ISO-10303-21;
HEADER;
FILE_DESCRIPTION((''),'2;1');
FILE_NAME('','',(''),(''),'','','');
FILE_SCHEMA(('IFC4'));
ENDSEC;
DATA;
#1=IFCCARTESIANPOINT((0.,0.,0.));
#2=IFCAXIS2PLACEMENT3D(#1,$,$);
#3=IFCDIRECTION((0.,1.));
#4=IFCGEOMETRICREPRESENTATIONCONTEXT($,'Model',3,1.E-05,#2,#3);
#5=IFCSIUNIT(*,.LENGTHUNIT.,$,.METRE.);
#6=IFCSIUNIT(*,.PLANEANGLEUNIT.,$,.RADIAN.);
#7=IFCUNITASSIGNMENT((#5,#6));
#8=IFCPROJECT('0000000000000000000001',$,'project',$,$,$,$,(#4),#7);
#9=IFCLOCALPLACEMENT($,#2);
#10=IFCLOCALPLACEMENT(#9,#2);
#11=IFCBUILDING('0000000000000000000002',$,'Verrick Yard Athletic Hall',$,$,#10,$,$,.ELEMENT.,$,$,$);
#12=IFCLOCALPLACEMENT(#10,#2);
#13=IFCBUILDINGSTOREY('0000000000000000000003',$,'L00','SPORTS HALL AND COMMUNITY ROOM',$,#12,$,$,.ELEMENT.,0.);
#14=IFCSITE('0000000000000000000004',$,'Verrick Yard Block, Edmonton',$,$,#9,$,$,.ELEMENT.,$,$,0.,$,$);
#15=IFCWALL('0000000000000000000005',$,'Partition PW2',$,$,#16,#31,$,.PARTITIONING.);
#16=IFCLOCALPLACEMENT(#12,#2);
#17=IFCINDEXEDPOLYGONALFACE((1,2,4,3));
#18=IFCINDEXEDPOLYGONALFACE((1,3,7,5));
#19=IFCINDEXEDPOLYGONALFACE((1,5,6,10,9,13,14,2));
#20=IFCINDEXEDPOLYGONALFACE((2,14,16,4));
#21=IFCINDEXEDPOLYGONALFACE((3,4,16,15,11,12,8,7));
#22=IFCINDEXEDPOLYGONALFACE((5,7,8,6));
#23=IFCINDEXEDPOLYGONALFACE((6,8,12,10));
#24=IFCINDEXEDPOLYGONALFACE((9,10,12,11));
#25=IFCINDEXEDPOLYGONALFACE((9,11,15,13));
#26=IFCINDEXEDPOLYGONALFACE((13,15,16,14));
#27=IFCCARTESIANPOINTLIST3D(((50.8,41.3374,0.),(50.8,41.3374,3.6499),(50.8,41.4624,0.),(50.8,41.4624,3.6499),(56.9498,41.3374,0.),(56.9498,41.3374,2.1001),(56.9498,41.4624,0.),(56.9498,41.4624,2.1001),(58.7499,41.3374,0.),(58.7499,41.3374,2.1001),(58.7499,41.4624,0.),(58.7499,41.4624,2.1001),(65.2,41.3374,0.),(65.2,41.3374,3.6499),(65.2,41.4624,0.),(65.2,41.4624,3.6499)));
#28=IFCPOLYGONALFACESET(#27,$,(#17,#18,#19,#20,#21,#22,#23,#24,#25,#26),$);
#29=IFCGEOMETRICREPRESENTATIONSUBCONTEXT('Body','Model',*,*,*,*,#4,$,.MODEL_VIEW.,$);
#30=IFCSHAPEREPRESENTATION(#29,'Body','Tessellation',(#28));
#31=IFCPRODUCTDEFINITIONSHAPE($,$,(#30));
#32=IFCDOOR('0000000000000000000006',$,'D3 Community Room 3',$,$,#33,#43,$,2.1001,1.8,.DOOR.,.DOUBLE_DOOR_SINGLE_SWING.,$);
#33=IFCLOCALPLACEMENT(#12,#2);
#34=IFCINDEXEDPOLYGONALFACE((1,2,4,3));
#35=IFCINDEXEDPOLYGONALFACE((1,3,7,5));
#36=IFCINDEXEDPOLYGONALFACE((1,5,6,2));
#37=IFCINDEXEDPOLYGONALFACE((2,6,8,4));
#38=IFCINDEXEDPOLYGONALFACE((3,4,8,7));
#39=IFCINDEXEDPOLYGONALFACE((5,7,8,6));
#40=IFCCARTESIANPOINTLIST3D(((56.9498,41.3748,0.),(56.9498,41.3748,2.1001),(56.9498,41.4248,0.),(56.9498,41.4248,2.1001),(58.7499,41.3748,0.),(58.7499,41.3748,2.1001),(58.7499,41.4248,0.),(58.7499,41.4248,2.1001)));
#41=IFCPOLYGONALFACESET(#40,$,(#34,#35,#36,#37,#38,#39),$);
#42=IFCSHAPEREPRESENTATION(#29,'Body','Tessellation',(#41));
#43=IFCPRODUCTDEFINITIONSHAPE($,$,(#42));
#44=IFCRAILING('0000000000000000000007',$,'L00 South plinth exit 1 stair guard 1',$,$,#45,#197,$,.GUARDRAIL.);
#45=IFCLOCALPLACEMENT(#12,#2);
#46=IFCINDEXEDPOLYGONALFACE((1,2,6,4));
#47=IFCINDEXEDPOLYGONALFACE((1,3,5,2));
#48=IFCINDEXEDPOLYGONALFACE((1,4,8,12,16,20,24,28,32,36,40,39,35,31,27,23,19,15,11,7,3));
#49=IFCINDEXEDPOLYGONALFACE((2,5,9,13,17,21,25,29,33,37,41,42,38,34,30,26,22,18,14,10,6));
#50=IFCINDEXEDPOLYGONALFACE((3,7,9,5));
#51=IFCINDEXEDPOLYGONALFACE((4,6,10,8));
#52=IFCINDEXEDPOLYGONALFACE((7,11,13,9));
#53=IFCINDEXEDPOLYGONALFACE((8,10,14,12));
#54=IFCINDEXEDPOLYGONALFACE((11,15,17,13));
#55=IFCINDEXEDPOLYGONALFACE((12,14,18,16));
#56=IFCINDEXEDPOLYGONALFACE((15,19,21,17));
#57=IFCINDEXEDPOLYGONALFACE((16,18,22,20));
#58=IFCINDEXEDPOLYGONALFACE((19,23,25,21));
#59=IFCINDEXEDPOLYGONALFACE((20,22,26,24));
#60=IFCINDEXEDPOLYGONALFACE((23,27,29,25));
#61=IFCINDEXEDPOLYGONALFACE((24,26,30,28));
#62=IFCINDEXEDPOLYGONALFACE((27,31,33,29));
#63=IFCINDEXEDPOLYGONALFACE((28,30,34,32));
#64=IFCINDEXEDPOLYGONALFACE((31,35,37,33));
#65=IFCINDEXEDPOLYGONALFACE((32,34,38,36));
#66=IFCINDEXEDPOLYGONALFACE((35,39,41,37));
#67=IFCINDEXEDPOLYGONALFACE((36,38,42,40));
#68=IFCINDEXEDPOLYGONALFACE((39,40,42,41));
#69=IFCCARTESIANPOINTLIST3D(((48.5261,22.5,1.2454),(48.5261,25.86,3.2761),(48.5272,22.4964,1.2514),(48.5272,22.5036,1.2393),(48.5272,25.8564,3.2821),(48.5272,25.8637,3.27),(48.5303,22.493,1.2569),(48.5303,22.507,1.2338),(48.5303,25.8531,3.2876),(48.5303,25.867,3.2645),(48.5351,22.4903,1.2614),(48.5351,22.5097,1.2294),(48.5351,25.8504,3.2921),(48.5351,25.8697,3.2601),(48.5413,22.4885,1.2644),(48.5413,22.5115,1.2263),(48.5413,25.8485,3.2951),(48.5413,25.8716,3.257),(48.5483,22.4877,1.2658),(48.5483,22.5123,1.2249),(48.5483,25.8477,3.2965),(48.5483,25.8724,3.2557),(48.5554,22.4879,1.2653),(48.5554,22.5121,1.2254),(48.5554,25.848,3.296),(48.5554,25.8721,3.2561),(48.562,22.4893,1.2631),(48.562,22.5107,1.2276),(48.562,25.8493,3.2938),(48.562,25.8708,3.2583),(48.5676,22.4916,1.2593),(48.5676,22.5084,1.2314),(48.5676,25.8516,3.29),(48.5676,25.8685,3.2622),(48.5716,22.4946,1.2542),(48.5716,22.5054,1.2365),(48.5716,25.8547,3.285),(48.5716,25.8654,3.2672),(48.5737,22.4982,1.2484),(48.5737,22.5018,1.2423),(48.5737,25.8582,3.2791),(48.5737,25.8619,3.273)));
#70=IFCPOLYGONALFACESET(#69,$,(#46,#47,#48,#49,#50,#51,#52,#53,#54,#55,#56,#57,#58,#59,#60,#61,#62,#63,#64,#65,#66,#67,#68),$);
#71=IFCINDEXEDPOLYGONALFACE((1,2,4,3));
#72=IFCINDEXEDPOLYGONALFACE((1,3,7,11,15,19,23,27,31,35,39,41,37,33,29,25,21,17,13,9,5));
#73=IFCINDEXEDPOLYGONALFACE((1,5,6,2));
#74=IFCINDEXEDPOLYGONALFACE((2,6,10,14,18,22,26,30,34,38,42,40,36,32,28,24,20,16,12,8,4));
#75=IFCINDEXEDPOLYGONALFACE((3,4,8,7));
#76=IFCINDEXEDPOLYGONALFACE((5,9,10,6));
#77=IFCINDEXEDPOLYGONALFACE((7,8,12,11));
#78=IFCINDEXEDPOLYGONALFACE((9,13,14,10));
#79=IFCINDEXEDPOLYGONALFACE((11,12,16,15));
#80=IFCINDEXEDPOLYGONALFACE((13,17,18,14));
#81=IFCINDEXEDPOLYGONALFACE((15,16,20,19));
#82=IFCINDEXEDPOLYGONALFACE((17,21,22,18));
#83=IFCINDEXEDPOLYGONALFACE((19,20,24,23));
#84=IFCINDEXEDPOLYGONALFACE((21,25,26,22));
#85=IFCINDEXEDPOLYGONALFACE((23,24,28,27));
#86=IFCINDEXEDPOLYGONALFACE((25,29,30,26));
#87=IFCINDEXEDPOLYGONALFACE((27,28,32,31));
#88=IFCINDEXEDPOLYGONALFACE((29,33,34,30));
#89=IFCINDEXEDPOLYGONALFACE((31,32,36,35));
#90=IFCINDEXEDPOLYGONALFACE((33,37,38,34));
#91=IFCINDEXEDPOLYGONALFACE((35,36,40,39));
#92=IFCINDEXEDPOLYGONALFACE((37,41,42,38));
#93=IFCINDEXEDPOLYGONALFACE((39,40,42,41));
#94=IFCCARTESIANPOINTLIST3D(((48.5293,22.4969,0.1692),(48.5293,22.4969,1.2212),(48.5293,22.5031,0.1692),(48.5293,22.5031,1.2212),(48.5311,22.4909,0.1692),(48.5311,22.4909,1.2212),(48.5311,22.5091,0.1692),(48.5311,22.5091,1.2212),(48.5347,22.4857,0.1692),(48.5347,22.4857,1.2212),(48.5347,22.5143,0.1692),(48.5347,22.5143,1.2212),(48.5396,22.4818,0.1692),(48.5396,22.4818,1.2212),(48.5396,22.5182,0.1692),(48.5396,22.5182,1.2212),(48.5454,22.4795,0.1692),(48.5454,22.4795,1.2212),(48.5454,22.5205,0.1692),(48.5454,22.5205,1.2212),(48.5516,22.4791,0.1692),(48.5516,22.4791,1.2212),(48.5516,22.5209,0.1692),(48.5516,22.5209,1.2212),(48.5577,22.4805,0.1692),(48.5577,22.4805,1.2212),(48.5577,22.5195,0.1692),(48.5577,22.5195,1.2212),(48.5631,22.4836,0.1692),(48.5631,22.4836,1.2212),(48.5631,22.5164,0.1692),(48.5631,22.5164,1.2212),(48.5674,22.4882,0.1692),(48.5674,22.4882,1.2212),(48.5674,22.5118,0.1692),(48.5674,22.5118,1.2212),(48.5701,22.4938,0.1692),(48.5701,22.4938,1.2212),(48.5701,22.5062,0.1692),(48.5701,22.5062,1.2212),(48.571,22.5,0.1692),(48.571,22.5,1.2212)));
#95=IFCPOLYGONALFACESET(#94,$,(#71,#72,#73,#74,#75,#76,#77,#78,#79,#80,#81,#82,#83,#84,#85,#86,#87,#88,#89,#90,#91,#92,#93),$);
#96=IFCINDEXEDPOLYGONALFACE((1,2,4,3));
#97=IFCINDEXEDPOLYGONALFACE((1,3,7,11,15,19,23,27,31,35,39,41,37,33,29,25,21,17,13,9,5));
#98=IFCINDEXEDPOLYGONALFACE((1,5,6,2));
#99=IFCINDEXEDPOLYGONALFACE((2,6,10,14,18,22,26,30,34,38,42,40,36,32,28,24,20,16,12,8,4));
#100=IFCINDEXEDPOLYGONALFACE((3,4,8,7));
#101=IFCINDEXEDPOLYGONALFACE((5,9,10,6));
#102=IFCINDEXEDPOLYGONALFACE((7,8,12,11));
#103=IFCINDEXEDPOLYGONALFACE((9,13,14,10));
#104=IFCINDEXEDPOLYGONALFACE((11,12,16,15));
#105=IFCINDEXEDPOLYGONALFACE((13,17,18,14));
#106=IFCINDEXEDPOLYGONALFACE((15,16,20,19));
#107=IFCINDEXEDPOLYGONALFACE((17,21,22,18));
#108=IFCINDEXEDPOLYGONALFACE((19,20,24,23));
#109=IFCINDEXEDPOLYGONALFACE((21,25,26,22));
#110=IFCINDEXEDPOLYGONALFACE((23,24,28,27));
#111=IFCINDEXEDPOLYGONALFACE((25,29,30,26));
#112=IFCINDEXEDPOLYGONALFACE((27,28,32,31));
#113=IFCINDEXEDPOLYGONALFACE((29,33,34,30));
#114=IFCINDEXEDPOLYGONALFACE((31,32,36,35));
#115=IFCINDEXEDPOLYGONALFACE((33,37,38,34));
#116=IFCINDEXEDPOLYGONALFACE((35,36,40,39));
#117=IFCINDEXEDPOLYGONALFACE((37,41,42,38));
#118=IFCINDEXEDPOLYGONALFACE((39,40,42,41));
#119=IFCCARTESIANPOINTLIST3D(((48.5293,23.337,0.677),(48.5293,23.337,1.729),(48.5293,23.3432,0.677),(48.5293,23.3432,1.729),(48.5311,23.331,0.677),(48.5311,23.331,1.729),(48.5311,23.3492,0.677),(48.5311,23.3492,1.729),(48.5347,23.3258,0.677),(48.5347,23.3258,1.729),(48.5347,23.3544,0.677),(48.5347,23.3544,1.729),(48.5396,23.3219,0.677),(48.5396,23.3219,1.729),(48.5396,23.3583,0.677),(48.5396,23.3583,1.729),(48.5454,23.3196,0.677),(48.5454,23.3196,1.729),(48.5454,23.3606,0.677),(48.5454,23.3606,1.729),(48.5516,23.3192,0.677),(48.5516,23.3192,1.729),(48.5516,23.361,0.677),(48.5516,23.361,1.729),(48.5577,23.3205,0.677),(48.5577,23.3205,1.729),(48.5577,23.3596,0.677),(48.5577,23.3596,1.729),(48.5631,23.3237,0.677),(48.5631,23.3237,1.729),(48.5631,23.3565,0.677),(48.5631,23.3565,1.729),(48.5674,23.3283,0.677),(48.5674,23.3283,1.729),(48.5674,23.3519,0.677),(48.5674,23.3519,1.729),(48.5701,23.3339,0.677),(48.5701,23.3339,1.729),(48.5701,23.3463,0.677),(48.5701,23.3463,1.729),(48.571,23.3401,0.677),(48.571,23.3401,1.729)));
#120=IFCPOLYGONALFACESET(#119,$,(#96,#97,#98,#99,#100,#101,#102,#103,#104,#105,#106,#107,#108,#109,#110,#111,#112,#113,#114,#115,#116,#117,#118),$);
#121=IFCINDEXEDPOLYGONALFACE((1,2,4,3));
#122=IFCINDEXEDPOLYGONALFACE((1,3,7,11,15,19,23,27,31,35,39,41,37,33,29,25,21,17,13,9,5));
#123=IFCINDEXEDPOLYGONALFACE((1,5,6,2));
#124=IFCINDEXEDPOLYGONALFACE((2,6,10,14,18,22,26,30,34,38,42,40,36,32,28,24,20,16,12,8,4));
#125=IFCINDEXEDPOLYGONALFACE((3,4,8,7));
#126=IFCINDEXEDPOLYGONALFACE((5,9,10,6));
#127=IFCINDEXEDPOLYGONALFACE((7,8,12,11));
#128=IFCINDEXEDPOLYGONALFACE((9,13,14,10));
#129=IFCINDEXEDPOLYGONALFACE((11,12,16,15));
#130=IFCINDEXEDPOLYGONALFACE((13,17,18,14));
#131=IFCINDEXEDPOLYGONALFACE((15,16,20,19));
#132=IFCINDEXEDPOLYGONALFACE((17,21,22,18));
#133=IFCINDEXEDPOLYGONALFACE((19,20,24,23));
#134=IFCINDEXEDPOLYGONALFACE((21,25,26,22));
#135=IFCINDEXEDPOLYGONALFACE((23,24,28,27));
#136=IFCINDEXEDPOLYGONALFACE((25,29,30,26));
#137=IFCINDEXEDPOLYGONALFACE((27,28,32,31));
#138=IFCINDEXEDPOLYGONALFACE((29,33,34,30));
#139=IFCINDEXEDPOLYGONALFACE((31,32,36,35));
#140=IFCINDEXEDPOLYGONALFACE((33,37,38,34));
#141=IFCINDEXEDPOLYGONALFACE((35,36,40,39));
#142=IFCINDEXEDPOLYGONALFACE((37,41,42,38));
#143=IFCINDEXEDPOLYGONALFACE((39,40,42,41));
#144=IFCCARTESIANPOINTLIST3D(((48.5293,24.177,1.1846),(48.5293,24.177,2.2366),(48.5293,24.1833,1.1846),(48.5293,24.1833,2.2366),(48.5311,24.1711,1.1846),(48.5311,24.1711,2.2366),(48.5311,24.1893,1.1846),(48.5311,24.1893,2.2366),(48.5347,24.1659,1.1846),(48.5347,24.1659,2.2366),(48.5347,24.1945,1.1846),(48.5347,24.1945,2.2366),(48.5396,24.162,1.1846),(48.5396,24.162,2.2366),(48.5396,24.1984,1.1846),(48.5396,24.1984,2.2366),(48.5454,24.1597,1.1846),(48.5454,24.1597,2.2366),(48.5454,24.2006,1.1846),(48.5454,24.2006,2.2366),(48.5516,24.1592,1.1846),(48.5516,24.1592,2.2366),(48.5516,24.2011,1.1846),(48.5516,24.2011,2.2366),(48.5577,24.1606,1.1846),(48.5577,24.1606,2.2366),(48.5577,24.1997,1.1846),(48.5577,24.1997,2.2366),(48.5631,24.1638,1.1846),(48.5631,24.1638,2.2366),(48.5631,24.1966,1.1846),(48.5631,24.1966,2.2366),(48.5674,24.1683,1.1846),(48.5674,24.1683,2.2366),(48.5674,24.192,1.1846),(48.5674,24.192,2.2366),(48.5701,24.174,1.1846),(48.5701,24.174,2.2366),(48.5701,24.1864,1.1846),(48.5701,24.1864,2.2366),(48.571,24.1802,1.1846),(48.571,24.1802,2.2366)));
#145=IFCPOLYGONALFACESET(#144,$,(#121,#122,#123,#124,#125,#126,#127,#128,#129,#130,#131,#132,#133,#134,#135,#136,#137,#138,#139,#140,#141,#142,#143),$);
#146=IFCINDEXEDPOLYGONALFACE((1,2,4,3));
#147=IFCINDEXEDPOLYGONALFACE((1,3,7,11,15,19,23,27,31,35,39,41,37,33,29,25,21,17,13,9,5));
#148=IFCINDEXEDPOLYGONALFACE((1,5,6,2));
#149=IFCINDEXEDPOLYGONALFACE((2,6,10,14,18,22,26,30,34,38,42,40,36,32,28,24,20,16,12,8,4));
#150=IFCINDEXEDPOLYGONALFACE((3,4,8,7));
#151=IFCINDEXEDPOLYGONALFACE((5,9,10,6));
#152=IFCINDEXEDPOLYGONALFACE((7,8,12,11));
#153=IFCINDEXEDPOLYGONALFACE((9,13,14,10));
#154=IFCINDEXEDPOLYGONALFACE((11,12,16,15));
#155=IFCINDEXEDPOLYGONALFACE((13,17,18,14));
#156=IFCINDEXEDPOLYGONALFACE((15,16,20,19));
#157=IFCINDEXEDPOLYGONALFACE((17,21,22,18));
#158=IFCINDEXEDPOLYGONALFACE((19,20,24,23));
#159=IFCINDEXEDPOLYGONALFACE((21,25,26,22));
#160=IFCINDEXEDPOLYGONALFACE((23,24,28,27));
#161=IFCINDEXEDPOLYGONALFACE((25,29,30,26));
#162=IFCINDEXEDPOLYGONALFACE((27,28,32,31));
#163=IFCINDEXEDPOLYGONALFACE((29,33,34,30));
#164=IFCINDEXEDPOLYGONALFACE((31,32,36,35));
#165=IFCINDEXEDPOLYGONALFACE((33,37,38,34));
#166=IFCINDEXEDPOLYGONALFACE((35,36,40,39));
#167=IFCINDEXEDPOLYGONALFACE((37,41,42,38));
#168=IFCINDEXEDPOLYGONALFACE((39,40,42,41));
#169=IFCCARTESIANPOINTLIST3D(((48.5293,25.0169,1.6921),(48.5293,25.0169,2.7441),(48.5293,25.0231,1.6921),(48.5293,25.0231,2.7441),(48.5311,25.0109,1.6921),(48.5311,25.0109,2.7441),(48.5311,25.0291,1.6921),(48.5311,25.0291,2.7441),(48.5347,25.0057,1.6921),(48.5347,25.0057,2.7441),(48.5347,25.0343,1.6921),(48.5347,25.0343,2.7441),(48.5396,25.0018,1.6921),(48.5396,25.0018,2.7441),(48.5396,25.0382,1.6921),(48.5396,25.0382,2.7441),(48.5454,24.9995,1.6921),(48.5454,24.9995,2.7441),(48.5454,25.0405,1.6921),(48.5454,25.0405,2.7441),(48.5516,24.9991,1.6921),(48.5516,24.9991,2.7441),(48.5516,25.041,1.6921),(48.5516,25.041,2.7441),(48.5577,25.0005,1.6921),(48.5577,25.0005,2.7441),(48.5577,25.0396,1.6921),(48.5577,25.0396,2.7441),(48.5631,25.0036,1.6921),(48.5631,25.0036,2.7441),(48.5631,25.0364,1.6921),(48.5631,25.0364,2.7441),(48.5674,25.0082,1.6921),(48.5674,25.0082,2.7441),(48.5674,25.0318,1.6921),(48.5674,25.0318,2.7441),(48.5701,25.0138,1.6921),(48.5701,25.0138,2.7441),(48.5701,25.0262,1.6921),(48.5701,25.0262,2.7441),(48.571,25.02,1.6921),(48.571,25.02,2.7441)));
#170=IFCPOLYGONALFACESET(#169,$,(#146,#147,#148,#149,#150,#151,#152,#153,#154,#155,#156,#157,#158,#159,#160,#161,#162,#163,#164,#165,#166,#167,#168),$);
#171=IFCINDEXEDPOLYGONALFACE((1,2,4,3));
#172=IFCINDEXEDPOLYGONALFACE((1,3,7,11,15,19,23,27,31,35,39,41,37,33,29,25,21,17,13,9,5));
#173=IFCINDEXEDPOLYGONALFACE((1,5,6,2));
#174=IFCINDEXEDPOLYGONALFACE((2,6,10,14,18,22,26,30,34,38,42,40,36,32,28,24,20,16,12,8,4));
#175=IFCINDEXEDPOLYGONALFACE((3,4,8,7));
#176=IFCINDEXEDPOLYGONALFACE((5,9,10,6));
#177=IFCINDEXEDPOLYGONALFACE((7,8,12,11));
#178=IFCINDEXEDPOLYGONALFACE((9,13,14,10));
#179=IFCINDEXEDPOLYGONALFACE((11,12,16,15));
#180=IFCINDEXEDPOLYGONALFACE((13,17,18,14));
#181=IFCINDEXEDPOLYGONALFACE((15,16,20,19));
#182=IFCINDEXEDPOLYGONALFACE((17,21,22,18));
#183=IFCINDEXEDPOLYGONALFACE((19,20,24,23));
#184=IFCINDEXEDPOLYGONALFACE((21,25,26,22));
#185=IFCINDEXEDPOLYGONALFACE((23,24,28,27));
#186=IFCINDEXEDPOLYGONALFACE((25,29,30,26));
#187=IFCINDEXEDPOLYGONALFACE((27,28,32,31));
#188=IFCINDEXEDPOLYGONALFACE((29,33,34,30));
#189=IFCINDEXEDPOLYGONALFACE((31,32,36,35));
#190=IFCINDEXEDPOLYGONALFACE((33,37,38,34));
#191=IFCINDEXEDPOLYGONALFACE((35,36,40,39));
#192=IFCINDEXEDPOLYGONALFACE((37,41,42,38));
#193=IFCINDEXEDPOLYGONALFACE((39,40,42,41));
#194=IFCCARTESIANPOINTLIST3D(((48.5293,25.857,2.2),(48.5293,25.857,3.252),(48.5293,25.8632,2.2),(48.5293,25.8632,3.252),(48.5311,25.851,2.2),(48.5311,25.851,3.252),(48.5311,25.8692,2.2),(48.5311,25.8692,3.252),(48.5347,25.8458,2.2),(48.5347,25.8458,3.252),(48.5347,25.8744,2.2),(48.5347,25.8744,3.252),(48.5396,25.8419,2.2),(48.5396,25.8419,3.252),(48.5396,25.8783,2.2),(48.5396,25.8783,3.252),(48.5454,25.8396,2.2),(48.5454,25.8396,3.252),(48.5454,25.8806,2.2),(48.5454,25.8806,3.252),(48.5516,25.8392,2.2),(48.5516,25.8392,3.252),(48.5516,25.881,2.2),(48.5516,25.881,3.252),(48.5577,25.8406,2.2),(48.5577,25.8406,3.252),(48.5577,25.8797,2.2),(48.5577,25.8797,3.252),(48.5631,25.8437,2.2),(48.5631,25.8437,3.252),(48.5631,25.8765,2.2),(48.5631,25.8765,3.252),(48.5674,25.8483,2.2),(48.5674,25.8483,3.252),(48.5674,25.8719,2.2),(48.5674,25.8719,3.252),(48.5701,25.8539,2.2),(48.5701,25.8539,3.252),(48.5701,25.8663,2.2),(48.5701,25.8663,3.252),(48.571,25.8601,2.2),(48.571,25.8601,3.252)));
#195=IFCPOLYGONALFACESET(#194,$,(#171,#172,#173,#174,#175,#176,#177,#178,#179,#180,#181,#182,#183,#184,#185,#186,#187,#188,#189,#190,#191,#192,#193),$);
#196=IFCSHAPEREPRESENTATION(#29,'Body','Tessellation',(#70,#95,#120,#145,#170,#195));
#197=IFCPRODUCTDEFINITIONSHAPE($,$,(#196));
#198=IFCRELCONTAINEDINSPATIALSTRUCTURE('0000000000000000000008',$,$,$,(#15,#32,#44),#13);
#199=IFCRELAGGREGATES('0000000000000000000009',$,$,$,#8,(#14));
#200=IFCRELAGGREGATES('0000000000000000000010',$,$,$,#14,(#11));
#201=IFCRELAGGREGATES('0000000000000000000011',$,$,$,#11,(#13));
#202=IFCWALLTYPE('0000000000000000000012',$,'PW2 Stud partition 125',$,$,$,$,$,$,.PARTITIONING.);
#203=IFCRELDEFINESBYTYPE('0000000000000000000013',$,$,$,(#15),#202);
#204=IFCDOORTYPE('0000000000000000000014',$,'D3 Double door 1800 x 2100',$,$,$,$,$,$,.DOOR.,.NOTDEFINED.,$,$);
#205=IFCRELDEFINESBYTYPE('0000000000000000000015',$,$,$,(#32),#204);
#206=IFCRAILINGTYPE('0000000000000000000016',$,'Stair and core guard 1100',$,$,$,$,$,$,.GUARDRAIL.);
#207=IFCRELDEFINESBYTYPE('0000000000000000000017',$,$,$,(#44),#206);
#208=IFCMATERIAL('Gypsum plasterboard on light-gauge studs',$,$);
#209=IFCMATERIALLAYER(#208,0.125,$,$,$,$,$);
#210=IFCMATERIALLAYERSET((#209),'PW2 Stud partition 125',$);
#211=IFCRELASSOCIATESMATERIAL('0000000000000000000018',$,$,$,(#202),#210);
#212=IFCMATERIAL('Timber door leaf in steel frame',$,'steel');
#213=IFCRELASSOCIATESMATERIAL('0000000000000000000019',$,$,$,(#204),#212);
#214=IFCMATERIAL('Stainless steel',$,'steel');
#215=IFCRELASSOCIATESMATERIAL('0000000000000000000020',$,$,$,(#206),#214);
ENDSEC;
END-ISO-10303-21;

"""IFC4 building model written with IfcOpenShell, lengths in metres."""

from ifc_helpers import new_model, si_unit, direction, frame, frame_2d, origin, origin_2d, place, context, subcontext, project, spatial, rectangle, circle, extrude, material, layer, layer_set, type_object, element, fill, save


model = new_model("IFC4")

# Units and contexts
model_context = context("Model", 3, precision=1e-05, world=origin(), true_north=direction((0.0, 1.0)))
body_context = subcontext(model_context, "Body", "Model", "MODEL_VIEW")
ifc_project = project(units=[si_unit("LENGTHUNIT", "METRE"), si_unit("PLANEANGLEUNIT", "RADIAN")], contexts=[model_context])

# Site, building, storey
site_placement = place(None, origin())
site = spatial("IfcSite", under=ifc_project, at=site_placement, Name="Verrick Yard Block, Edmonton", CompositionType="ELEMENT", RefElevation=0.0)
building_placement = place(site_placement, origin())
building = spatial("IfcBuilding", under=site, at=building_placement, Name="Verrick Yard Athletic Hall", CompositionType="ELEMENT")
storey_placement = place(building_placement, origin())
storey = spatial("IfcBuildingStorey", under=building, at=storey_placement, Name="L00", Description="SPORTS HALL AND COMMUNITY ROOM", CompositionType="ELEMENT", Elevation=0.0)

# Shared definitions
ifc_material_1 = material(Name="Gypsum plasterboard on light-gauge studs")
ifc_layer_1 = layer(ifc_material_1, 0.125)
ifc_layer_set_1 = layer_set([ifc_layer_1], Name="PW2 Stud partition 125")
wall_type_1 = type_object("IfcWallType", Name="PW2 Stud partition 125", PredefinedType="PARTITIONING", material=ifc_layer_set_1)
ifc_material_2 = material(Name="Timber door leaf in steel frame", Category="steel")
door_type = type_object("IfcDoorType", Name="D3 Double door 1800 x 2100", OperationType="NOTDEFINED", PredefinedType="DOOR", material=ifc_material_2)

# Wall, opening, door
wall_1_placement = place(storey_placement, frame((50.8, 41.3999, 0.0), z_axis=(0.0, 0.0, 1.0), x_axis=(1.0, 0.0, 0.0)))
wall_1 = element("IfcWall", 1, at=wall_1_placement, inside=storey, type_object=wall_type_1, Name="Partition PW2", PredefinedType="PARTITIONING", context=body_context, shape_type="SweptSolid", body=[
    extrude(rectangle(XDim=14.3999, YDim=0.125, at=frame_2d((7.2, 0.0))), origin(), (0.0, 0.0, 1.0), 3.6499),
])
opening_1_placement = place(wall_1_placement, frame((6.1499, 0.0, 0.0)))
opening_1 = element("IfcOpeningElement", 2, at=opening_1_placement, cuts=wall_1, PredefinedType="OPENING", context=body_context, shape_type="SweptSolid", body=[
    extrude(rectangle(XDim=1.8, YDim=2.1001, at=frame_2d((0.8999, 1.05))), frame((0.0, 0.0725, 0.0), z_axis=(0.0, -1.0, 0.0), x_axis=(1.0, 0.0, 0.0)), (0.0, 0.0, 1.0), 0.145),
])
door_1_placement = place(opening_1_placement, origin())
door_1 = element("IfcDoor", 3, at=door_1_placement, inside=storey, type_object=door_type, Name="D3 Community Room 3", OperationType="DOUBLE_DOOR_SINGLE_SWING", OverallHeight=2.1001, OverallWidth=1.8, PredefinedType="DOOR", context=body_context, shape_type="SweptSolid", body=[
    extrude(rectangle(XDim=1.8, YDim=2.1001, at=frame_2d((0.8999, 1.05))), frame((0.0, 0.0249, 0.0), z_axis=(0.0, -1.0, 0.0), x_axis=(1.0, 0.0, 0.0)), (0.0, 0.0, 1.0), 0.05),
])
fill(opening_1, door_1)

# Railing
ifc_material_3 = material(Name="Stainless steel", Category="steel")
railing_type_1 = type_object("IfcRailingType", Name="Stair and core guard 1100", PredefinedType="GUARDRAIL", material=ifc_material_3)
railing_1_placement = place(storey_placement, frame((48.55, 22.5, 0.1692)))
element("IfcRailing", 4, at=railing_1_placement, inside=storey, type_object=railing_type_1, Name="L00 South plinth exit 1 stair guard 1", PredefinedType="GUARDRAIL", context=body_context, shape_type="SweptSolid", body=[
    extrude(circle(Radius=0.0239, at=origin_2d()), frame((0.0, 0.0, 1.0762), z_axis=(0.0, 0.855837, 0.517246), x_axis=(-1.0, 0.0, 0.0)), (0.0, 0.0, 1.0), 3.926),
    extrude(circle(Radius=0.021, at=origin_2d()), origin(), (0.0, 0.0, 1.0), 1.052),
    extrude(circle(Radius=0.021, at=origin_2d()), frame((0.0, 0.8401, 0.5078)), (0.0, 0.0, 1.0), 1.052),
    extrude(circle(Radius=0.021, at=origin_2d()), frame((0.0, 1.6802, 1.0154)), (0.0, 0.0, 1.0), 1.052),
    extrude(circle(Radius=0.021, at=origin_2d()), frame((0.0, 2.52, 1.5229)), (0.0, 0.0, 1.0), 1.052),
    extrude(circle(Radius=0.021, at=origin_2d()), frame((0.0, 3.3601, 2.0308)), (0.0, 0.0, 1.0), 1.052),
])

save(model, "model.ifc")
